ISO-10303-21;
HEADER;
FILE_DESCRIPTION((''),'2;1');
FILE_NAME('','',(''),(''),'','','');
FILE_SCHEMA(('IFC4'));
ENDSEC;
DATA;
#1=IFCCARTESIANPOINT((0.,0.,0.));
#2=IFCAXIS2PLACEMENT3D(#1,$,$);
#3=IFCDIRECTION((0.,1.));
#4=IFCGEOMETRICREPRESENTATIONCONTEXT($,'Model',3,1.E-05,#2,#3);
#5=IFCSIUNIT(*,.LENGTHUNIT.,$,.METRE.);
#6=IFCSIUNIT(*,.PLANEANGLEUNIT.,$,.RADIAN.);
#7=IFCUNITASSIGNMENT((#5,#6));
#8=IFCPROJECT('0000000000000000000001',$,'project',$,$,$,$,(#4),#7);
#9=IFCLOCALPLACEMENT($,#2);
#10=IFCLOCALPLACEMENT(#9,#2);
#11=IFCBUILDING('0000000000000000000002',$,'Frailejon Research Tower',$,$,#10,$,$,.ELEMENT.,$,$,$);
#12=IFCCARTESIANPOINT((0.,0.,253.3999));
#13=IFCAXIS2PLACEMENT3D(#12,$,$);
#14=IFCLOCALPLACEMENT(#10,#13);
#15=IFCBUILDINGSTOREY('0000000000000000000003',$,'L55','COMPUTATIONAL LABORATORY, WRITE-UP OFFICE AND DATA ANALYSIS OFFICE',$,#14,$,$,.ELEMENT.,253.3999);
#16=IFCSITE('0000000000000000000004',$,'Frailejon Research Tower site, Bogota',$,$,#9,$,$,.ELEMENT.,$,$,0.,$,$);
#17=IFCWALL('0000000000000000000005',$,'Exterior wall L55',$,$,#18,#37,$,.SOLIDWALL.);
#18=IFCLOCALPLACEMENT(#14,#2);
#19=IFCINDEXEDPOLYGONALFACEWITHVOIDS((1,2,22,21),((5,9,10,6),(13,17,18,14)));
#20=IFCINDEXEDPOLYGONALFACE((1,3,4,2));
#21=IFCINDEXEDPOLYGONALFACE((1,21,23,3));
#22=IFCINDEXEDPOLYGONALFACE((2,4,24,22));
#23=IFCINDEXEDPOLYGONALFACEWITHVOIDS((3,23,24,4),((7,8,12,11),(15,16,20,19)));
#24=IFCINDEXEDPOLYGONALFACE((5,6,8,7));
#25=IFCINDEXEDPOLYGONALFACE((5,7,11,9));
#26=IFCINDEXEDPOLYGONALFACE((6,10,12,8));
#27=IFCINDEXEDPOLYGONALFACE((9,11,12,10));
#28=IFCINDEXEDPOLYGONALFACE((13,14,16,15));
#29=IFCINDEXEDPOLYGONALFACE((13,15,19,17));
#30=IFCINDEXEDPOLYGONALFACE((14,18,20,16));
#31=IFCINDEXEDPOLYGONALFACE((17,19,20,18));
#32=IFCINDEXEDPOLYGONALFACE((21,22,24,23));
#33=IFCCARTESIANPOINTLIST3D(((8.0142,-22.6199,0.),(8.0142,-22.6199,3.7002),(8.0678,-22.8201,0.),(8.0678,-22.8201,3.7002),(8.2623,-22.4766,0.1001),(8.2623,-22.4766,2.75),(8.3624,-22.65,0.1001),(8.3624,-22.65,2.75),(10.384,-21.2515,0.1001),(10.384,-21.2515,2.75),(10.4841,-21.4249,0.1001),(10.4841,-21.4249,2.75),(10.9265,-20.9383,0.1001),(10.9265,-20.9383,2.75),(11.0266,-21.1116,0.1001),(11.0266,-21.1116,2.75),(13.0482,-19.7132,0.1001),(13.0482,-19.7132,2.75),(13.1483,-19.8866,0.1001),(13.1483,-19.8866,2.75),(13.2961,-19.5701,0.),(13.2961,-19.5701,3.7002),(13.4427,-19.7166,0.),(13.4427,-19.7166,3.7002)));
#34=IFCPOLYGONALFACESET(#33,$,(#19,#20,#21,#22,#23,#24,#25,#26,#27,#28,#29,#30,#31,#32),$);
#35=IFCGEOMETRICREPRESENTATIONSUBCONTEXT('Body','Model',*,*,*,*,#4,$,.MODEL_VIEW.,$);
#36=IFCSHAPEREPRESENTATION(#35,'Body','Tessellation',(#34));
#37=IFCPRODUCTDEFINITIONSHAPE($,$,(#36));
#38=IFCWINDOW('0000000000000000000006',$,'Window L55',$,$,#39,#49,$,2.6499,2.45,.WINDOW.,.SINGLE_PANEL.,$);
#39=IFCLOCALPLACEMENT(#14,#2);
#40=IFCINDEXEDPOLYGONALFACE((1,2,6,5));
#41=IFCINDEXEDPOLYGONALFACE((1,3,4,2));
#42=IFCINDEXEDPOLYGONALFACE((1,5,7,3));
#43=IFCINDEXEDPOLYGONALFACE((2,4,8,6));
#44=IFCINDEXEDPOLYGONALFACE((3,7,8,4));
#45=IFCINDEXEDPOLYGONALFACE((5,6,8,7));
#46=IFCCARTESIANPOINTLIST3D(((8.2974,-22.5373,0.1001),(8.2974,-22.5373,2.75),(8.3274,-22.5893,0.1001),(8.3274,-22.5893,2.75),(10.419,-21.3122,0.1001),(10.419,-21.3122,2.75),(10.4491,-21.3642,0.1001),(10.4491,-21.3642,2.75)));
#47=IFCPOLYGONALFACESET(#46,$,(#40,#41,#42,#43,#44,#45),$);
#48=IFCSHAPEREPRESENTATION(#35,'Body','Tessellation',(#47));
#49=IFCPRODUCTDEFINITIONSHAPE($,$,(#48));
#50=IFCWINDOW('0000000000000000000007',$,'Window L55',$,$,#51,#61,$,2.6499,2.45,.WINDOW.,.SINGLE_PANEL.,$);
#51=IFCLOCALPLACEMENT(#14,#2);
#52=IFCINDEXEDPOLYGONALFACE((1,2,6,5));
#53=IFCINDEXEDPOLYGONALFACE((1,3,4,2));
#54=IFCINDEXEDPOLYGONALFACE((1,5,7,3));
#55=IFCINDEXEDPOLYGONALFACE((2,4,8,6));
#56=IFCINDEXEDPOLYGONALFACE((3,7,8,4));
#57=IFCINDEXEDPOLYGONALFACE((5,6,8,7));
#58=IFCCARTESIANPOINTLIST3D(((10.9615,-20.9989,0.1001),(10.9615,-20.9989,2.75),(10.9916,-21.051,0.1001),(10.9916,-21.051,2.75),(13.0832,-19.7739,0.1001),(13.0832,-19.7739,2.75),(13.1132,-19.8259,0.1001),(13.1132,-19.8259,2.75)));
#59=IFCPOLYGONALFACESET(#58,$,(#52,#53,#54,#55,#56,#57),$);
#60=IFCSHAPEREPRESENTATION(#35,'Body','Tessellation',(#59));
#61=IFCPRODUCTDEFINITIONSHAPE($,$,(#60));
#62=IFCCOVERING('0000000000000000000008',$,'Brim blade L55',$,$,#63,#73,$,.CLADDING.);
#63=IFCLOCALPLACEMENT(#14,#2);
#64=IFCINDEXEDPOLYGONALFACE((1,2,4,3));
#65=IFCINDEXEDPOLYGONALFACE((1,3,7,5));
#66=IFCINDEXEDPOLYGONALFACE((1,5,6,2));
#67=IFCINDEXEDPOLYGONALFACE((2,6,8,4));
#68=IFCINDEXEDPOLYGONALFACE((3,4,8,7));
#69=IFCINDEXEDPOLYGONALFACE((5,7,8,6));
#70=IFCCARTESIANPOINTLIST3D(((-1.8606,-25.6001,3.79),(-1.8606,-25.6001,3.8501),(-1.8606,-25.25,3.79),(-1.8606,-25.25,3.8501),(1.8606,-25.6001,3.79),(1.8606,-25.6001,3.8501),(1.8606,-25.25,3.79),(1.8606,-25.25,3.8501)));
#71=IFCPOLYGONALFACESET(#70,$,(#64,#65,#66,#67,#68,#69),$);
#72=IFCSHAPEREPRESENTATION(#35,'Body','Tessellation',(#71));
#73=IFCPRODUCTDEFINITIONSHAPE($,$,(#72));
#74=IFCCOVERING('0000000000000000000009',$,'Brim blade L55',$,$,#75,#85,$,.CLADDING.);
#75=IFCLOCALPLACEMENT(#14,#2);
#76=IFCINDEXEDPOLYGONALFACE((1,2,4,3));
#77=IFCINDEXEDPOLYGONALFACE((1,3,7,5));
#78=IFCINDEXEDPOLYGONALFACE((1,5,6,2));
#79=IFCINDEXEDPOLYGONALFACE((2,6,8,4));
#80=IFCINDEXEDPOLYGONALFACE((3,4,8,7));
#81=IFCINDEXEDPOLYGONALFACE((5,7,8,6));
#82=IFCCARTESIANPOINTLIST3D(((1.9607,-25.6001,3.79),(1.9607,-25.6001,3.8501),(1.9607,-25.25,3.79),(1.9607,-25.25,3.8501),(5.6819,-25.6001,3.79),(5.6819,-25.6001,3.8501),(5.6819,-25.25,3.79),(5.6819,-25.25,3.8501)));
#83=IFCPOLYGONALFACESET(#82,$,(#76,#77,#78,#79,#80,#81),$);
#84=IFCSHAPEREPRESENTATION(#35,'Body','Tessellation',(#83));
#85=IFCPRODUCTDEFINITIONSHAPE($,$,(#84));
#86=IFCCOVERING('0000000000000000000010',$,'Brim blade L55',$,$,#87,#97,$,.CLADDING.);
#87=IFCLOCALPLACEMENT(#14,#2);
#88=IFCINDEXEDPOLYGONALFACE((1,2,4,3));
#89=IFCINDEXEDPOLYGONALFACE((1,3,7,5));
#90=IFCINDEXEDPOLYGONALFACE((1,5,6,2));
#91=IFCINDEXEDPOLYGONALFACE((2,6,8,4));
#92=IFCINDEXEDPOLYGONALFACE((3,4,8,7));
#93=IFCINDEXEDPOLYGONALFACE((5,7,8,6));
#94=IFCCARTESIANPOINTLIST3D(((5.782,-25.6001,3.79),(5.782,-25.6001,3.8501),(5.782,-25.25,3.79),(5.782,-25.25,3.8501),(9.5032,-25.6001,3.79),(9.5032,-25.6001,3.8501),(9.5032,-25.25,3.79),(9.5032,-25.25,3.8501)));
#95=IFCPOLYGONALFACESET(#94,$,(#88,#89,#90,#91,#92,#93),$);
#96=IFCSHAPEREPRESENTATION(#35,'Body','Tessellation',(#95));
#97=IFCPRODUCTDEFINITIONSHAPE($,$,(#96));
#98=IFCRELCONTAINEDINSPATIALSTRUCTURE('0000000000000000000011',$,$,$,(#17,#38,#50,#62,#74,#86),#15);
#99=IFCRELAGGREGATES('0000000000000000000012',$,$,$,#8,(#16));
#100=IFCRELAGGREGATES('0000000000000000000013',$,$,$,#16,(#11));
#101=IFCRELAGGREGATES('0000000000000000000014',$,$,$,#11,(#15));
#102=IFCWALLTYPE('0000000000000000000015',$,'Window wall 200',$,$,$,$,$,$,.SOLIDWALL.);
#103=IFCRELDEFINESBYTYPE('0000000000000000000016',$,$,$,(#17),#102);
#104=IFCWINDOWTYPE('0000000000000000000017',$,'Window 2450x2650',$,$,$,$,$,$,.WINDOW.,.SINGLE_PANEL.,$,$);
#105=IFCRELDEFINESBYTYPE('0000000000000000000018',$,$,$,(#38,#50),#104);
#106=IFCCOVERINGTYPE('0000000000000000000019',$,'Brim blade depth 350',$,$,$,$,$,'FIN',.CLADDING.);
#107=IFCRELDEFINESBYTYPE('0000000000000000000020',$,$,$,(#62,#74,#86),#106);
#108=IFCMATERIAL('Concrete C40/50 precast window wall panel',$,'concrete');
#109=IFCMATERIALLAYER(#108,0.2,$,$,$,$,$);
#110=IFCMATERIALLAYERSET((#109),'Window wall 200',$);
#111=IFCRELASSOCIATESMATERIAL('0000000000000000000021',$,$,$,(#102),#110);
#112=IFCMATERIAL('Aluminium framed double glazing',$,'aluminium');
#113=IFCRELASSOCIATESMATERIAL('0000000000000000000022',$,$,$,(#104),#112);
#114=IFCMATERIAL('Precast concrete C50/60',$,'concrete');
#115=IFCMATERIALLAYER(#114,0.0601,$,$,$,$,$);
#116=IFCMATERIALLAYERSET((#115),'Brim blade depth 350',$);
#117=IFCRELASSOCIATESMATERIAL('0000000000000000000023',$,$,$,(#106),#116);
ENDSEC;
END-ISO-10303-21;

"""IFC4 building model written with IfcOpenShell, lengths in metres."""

from ifc_helpers import new_model, si_unit, direction, frame, frame_2d, origin, place, context, subcontext, project, spatial, polyline, rectangle, outline, extrude, material, layer, layer_set, type_object, element, fill, save


model = new_model("IFC4")

# Units and contexts
model_context = context("Model", 3, precision=1e-05, world=origin(), true_north=direction((0.0, 1.0)))
body_context = subcontext(model_context, "Body", "Model", "MODEL_VIEW")
ifc_project = project(units=[si_unit("LENGTHUNIT", "METRE"), si_unit("PLANEANGLEUNIT", "RADIAN")], contexts=[model_context])

# Site, building, storey
site_placement = place(None, origin())
site = spatial("IfcSite", under=ifc_project, at=site_placement, Name="Frailejon Research Tower site, Bogota", CompositionType="ELEMENT", RefElevation=0.0)
building_placement = place(site_placement, origin())
building = spatial("IfcBuilding", under=site, at=building_placement, Name="Frailejon Research Tower", CompositionType="ELEMENT")
storey_placement = place(building_placement, frame((0.0, 0.0, 253.3999)))
storey = spatial("IfcBuildingStorey", under=building, at=storey_placement, Name="L55", Description="COMPUTATIONAL LABORATORY, WRITE-UP OFFICE AND DATA ANALYSIS OFFICE", CompositionType="ELEMENT", Elevation=253.3999)

# Wall, openings, windows
ifc_material_1 = material(Name="Concrete C40/50 precast window wall panel", Category="concrete")
ifc_layer_1 = layer(ifc_material_1, 0.2)
ifc_layer_set_1 = layer_set([ifc_layer_1], Name="Window wall 200")
wall_type = type_object("IfcWallType", Name="Window wall 200", PredefinedType="SOLIDWALL", material=ifc_layer_set_1)
wall_placement = place(storey_placement, frame((8.041, -22.72, 0.0), z_axis=(0.0, 0.0, 1.0), x_axis=(0.866003, 0.50004, 0.0)))
wall = element("IfcWall", 1, at=wall_placement, inside=storey, type_object=wall_type, Name="Exterior wall L55", PredefinedType="SOLIDWALL", context=body_context, shape_type="SweptSolid", body=[
    extrude(outline(polyline([(-0.0269, -0.1001), (1.0076, -0.1001), (2.042, -0.1001), (3.0764, -0.1001), (4.1108, -0.1001), (5.1453, -0.1001), (6.1797, -0.1001), (6.126, 0.1001), (5.1094, 0.1001), (4.093, 0.1001), (3.0764, 0.1001), (2.0598, 0.1001), (1.0435, 0.1001), (0.0269, 0.1001), (-0.0269, -0.1001)])), origin(), (0.0, 0.0, 1.0), 3.7002),
])
opening_1_placement = place(wall_placement, frame((0.3132, 0.0, 0.1001)))
opening_1 = element("IfcOpeningElement", 2, at=opening_1_placement, cuts=wall, PredefinedType="OPENING", context=body_context, shape_type="SweptSolid", body=[
    extrude(rectangle(XDim=2.45, YDim=2.6499, at=frame_2d((1.2251, 1.325))), frame((0.0, 0.1099, 0.0), z_axis=(0.0, -1.0, 0.0), x_axis=(1.0, 0.0, 0.0)), (0.0, 0.0, 1.0), 0.22),
])
opening_2_placement = place(wall_placement, frame((3.3896, 0.0, 0.1001)))
opening_2 = element("IfcOpeningElement", 3, at=opening_2_placement, cuts=wall, PredefinedType="OPENING", context=body_context, shape_type="SweptSolid", body=[
    extrude(rectangle(XDim=2.45, YDim=2.6499, at=frame_2d((1.2251, 1.325))), frame((0.0, 0.1099, 0.0), z_axis=(0.0, -1.0, 0.0), x_axis=(1.0, 0.0, 0.0)), (0.0, 0.0, 1.0), 0.22),
])
ifc_material_2 = material(Name="Aluminium framed double glazing", Category="aluminium")
window_type = type_object("IfcWindowType", Name="Window 2450x2650", PartitioningType="SINGLE_PANEL", PredefinedType="WINDOW", material=ifc_material_2)
window_1_placement = place(opening_1_placement, origin())
window_1 = element("IfcWindow", 4, at=window_1_placement, inside=storey, type_object=window_type, Name="Window L55", OverallHeight=2.6499, OverallWidth=2.45, PartitioningType="SINGLE_PANEL", PredefinedType="WINDOW", context=body_context, shape_type="SweptSolid", body=[
    extrude(rectangle(XDim=2.45, YDim=2.6499, at=frame_2d((1.2251, 1.325))), frame((0.0, 0.03, 0.0), z_axis=(0.0, -1.0, 0.0), x_axis=(1.0, 0.0, 0.0)), (0.0, 0.0, 1.0), 0.0601),
])
fill(opening_1, window_1)
window_2_placement = place(opening_2_placement, origin())
window_2 = element("IfcWindow", 5, at=window_2_placement, inside=storey, type_object=window_type, Name="Window L55", OverallHeight=2.6499, OverallWidth=2.45, PartitioningType="SINGLE_PANEL", PredefinedType="WINDOW", context=body_context, shape_type="SweptSolid", body=[
    extrude(rectangle(XDim=2.45, YDim=2.6499, at=frame_2d((1.2251, 1.325))), frame((0.0, 0.03, 0.0), z_axis=(0.0, -1.0, 0.0), x_axis=(1.0, 0.0, 0.0)), (0.0, 0.0, 1.0), 0.0601),
])
fill(opening_2, window_2)

# Coverings
ifc_material_3 = material(Name="Precast concrete C50/60", Category="concrete")
ifc_layer_2 = layer(ifc_material_3, 0.0601)
ifc_layer_set_2 = layer_set([ifc_layer_2], Name="Brim blade depth 350")
covering_type = type_object("IfcCoveringType", Name="Brim blade depth 350", ElementType="FIN", PredefinedType="CLADDING", material=ifc_layer_set_2)
for number, where, z_axis, x_axis, name in (
    (6, (1.8606, -25.25, 3.8501), (-1.0, 0.0, 0.0), (0.0, -1.0, 0.0), "Brim blade L55"),
    (7, (5.6819, -25.25, 3.8501), (-1.0, 0.0, 0.0), (0.0, -1.0, 0.0), "Brim blade L55"),
    (8, (9.5032, -25.25, 3.8501), (-1.0, 0.0, 0.0), (0.0, -1.0, 0.0), "Brim blade L55"),
):
    element("IfcCovering", number, at=place(storey_placement, frame(where, z_axis=z_axis, x_axis=x_axis)), inside=storey, type_object=covering_type, Name=name, PredefinedType="CLADDING", context=body_context, shape_type="SweptSolid", body=[
        extrude(outline(polyline([(0.0, -0.0601), (0.3501, -0.0601), (0.3501, 0.0), (0.0, 0.0), (0.0, -0.0601)])), origin(), (0.0, 0.0, 1.0), 3.7212),
    ])

save(model, "model.ifc")
